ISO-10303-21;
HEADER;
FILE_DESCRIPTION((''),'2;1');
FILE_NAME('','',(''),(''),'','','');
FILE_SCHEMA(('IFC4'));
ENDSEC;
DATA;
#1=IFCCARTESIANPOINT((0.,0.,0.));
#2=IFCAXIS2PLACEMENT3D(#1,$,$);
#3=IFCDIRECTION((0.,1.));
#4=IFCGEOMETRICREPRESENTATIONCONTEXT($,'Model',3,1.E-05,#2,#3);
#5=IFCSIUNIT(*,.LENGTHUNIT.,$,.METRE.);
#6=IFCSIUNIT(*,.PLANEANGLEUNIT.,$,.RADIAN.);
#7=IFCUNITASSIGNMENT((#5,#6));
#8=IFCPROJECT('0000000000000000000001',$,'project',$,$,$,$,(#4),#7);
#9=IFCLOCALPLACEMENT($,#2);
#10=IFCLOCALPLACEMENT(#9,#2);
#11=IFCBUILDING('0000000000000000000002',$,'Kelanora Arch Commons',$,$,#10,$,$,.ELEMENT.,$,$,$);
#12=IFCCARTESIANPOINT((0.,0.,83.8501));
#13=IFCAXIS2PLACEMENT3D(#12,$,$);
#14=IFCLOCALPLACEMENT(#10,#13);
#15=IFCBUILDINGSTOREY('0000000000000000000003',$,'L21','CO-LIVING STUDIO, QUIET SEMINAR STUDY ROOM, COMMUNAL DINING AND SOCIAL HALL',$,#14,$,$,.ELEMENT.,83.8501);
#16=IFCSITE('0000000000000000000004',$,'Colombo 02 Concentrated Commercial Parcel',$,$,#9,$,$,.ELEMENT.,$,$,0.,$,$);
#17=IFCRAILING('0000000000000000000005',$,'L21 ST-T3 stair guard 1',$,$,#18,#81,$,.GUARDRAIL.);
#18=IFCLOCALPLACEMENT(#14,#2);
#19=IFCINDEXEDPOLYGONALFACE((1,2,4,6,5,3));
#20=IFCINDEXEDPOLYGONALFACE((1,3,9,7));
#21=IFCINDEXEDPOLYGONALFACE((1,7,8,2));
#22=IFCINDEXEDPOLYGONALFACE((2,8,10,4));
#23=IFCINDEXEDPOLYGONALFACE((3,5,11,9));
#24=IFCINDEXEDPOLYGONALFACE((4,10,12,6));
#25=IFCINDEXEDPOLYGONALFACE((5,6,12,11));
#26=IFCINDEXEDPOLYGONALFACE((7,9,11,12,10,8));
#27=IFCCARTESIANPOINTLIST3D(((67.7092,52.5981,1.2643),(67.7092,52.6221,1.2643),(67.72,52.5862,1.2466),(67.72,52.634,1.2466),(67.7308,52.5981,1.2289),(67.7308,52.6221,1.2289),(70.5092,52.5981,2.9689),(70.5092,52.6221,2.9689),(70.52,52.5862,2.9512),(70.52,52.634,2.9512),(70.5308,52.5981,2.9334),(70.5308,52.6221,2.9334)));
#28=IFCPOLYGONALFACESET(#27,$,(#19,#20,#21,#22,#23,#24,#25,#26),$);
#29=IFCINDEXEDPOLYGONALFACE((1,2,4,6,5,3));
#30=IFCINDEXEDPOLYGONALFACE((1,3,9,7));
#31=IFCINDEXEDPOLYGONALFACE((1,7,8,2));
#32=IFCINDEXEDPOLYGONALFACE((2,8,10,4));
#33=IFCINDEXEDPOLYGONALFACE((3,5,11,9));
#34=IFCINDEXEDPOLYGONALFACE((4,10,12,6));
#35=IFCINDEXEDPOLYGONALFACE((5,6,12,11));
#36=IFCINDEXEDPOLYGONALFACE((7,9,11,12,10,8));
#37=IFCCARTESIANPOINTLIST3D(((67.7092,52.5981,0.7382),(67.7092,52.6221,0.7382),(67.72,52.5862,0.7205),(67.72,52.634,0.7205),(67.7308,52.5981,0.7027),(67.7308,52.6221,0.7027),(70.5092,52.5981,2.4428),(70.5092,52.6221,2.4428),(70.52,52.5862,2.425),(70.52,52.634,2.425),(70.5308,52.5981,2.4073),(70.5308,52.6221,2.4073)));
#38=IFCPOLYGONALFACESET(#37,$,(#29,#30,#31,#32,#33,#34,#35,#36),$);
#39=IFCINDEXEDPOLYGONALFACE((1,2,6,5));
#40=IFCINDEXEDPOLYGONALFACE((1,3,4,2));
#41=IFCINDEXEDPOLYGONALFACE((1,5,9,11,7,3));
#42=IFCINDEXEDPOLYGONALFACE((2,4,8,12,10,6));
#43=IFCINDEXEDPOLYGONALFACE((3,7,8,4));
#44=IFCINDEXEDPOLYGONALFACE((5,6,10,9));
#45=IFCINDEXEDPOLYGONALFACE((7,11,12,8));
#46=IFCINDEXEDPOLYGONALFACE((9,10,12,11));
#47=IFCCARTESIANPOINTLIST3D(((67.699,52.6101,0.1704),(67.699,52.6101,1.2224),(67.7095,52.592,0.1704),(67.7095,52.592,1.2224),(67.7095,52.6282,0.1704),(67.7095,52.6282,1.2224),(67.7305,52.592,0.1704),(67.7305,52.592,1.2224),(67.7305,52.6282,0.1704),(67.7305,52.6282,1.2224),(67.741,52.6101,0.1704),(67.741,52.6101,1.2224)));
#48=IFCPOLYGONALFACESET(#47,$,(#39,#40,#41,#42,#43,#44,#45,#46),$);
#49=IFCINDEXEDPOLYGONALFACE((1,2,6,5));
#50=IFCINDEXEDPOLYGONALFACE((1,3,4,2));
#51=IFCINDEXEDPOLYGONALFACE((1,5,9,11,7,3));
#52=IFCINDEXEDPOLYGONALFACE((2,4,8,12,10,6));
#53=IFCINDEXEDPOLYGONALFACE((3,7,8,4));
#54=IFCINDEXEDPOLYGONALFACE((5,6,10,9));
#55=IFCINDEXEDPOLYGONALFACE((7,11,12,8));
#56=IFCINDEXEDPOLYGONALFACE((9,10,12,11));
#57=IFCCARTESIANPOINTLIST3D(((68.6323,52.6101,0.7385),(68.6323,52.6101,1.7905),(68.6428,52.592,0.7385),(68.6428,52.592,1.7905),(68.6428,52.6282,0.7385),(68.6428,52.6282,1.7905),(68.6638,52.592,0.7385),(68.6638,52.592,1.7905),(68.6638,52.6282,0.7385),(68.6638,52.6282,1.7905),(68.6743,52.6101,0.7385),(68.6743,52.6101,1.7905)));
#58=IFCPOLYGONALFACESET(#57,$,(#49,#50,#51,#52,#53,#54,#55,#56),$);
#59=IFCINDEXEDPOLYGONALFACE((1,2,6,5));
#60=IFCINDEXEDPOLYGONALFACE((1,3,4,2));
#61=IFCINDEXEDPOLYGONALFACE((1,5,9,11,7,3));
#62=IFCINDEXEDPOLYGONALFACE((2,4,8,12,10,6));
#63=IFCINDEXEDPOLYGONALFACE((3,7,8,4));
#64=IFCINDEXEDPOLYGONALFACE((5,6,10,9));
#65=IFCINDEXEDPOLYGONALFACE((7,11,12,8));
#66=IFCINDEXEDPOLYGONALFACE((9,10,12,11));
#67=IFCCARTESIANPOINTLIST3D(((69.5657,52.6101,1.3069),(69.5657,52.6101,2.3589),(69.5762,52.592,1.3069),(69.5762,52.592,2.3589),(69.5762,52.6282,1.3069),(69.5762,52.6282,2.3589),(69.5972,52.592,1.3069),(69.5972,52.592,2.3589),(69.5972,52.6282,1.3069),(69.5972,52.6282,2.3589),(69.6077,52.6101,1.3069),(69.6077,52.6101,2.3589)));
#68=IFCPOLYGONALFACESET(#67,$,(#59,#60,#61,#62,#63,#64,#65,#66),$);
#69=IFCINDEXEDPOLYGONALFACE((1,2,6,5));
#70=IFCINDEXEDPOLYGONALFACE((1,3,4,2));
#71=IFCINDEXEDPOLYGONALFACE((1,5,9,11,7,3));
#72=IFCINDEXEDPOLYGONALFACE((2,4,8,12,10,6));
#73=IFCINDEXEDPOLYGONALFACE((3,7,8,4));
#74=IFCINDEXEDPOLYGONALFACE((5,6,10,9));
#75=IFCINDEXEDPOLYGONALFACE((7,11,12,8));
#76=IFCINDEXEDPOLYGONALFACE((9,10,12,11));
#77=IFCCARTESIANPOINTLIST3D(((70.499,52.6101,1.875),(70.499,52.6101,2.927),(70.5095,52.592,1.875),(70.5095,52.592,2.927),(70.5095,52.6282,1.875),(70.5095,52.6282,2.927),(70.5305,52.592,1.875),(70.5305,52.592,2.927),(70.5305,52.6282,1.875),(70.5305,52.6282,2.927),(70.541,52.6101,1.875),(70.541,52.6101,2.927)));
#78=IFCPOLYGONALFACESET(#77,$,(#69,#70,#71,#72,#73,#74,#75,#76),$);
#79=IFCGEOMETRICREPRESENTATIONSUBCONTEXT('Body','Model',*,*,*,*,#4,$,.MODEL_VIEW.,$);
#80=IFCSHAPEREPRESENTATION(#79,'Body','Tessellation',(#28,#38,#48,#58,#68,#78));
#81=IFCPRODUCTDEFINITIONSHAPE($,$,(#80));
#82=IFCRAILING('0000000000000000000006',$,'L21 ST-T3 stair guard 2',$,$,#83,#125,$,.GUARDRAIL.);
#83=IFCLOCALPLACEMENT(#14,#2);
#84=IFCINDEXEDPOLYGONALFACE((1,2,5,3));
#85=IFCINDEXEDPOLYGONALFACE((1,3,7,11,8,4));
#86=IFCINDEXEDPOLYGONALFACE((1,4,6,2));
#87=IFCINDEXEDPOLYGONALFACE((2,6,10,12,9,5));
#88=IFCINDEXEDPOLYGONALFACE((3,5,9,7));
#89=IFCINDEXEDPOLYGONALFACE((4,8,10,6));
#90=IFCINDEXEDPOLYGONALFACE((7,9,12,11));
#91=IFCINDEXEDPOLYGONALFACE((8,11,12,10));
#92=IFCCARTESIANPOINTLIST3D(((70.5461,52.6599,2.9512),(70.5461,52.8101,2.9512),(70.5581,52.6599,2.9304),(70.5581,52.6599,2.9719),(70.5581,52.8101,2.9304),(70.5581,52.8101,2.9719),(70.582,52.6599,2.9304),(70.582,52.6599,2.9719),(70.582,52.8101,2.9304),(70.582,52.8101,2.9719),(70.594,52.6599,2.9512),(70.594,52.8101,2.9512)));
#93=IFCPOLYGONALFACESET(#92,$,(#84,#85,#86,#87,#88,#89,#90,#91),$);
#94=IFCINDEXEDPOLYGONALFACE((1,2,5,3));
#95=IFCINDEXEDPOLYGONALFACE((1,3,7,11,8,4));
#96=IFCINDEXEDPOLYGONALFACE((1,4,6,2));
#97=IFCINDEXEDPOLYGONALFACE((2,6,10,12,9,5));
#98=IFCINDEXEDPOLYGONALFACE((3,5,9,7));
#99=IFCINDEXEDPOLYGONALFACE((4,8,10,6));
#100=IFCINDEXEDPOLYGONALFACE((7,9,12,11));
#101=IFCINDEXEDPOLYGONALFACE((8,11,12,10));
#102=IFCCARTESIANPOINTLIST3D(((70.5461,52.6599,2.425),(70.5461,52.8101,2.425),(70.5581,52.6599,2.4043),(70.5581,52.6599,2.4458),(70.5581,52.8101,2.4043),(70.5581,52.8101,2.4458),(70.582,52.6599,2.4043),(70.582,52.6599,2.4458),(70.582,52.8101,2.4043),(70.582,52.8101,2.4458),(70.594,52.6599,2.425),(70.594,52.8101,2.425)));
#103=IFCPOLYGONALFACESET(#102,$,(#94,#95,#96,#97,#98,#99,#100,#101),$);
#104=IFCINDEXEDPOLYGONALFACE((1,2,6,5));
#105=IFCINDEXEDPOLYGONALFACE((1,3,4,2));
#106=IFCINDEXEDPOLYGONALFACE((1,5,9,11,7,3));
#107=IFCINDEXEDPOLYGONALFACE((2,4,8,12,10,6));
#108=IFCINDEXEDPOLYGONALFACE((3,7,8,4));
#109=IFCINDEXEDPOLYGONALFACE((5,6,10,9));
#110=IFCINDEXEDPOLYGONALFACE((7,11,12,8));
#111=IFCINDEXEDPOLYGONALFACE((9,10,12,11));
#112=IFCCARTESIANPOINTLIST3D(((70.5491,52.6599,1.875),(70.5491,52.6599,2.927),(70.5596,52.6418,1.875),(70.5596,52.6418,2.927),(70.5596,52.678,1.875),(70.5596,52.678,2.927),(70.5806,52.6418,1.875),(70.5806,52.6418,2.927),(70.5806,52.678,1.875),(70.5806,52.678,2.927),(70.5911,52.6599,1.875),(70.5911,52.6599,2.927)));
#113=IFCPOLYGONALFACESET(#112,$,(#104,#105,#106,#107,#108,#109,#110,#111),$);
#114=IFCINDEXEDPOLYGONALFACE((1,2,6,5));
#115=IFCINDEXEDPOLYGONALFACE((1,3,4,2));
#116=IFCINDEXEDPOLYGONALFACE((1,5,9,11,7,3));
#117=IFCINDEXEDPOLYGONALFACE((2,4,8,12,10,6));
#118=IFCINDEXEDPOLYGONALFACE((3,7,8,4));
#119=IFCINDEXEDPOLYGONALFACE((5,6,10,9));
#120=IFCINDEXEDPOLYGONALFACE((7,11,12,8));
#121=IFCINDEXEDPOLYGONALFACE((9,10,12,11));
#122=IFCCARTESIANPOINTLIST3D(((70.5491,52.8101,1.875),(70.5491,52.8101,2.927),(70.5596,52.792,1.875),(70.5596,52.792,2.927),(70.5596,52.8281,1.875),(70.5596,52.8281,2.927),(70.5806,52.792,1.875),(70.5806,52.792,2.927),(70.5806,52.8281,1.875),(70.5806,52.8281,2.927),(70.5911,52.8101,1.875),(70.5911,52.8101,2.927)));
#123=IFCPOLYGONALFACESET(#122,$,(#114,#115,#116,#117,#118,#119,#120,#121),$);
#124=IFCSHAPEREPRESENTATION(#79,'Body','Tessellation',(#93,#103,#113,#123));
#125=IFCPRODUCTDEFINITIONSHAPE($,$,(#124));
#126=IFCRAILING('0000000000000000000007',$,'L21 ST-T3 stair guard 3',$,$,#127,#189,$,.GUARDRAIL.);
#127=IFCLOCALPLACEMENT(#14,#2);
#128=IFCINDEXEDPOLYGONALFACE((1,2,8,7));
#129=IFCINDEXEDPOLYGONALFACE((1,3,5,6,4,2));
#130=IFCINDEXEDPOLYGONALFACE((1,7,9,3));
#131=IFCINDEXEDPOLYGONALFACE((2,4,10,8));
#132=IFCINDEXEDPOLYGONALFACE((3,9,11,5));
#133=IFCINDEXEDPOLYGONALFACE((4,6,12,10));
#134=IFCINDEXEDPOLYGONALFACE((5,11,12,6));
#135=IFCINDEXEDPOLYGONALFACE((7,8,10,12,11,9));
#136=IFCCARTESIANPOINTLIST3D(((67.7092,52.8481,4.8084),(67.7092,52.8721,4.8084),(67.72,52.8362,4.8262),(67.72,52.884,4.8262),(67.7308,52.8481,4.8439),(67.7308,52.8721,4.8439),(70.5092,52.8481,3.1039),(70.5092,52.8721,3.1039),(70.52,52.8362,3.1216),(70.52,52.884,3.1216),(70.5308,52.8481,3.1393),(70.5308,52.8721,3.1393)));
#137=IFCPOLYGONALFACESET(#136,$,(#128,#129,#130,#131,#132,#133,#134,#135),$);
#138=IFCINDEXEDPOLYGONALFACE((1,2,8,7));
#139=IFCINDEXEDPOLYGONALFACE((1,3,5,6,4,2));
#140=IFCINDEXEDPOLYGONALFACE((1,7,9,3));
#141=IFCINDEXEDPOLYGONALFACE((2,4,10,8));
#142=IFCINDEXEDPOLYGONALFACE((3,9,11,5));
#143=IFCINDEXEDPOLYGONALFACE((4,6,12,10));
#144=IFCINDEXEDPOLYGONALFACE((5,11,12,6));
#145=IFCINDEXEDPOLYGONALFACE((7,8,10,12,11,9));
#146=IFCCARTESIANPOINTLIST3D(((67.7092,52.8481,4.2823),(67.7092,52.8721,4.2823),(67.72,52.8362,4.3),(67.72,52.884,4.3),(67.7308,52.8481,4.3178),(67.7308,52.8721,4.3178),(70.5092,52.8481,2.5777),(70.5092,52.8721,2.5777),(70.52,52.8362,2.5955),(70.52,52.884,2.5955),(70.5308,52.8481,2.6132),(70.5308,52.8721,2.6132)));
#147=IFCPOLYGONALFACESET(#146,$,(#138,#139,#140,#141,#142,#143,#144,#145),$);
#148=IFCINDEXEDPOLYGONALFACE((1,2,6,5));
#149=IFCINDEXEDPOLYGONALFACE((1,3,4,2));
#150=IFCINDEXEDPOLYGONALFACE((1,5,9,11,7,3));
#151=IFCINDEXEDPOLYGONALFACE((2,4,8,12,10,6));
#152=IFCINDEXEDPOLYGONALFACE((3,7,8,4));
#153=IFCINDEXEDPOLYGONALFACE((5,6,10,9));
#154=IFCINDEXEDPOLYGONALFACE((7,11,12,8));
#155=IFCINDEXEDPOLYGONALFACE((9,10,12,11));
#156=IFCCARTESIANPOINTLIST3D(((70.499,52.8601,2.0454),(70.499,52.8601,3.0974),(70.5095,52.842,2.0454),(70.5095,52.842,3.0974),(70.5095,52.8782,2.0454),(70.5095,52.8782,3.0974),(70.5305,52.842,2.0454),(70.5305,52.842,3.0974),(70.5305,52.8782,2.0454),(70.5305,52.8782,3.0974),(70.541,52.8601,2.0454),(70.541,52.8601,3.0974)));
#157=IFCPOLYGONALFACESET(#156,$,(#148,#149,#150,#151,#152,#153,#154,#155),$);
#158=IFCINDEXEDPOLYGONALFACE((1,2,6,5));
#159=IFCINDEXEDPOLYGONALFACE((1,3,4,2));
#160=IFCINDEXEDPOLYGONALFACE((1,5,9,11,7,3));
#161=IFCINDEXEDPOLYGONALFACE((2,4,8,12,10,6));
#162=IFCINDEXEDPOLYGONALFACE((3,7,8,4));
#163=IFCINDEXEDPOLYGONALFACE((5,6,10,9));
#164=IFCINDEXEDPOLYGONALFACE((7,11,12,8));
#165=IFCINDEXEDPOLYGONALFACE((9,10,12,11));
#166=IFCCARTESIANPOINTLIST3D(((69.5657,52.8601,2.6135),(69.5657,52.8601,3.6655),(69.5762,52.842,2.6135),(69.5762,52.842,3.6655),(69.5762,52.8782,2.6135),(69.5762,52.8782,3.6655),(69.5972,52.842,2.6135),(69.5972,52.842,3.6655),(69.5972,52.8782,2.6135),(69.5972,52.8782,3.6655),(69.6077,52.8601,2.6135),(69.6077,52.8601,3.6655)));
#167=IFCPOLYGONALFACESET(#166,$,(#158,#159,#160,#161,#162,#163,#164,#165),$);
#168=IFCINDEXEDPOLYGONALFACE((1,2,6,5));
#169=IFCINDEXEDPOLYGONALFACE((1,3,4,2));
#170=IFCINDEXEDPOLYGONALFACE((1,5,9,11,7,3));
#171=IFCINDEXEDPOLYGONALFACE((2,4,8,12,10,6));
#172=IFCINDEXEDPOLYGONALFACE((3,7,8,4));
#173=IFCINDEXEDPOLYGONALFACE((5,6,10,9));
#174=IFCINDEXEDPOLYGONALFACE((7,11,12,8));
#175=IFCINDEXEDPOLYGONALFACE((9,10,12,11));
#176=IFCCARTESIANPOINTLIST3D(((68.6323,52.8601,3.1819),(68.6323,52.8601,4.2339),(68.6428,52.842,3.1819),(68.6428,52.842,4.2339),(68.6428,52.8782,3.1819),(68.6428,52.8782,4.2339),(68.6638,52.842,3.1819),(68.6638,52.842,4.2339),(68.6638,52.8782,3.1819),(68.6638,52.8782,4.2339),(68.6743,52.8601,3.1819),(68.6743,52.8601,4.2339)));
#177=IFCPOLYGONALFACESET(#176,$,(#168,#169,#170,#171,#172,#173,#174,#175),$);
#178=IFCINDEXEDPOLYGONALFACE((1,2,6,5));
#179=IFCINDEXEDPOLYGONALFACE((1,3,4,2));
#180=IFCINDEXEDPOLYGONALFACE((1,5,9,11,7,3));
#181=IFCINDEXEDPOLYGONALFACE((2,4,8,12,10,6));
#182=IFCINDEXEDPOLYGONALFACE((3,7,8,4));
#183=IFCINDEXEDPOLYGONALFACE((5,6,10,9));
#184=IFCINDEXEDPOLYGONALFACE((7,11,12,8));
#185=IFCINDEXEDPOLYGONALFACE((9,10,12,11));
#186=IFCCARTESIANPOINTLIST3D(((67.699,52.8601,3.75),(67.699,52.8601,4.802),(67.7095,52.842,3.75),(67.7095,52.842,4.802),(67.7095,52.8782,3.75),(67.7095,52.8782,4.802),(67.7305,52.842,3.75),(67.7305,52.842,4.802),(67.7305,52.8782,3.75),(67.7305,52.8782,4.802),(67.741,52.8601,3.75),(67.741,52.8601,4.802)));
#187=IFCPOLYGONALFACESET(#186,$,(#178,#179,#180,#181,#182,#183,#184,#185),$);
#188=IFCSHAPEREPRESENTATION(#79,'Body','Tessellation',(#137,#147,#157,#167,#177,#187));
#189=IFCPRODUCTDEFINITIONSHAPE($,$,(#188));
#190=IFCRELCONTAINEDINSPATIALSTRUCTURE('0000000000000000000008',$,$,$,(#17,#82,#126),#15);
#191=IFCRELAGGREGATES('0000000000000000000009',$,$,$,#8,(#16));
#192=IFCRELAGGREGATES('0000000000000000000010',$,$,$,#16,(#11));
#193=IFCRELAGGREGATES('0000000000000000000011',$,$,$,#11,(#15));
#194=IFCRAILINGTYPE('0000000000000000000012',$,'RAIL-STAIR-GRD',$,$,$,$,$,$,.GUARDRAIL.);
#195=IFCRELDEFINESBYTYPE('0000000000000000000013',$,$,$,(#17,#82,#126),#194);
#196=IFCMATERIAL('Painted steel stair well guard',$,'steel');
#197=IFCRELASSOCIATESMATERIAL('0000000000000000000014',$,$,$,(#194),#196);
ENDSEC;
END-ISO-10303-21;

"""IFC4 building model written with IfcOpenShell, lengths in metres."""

from ifc_helpers import new_model, si_unit, direction, frame, origin, place, context, subcontext, project, spatial, polyline, outline, extrude, material, type_object, element, save


model = new_model("IFC4")

# Units and contexts
model_context = context("Model", 3, precision=1e-05, world=origin(), true_north=direction((0.0, 1.0)))
body_context = subcontext(model_context, "Body", "Model", "MODEL_VIEW")
ifc_project = project(units=[si_unit("LENGTHUNIT", "METRE"), si_unit("PLANEANGLEUNIT", "RADIAN")], contexts=[model_context])

# Site, building, storey
site_placement = place(None, origin())
site = spatial("IfcSite", under=ifc_project, at=site_placement, Name="Colombo 02 Concentrated Commercial Parcel", CompositionType="ELEMENT", RefElevation=0.0)
building_placement = place(site_placement, origin())
building = spatial("IfcBuilding", under=site, at=building_placement, Name="Kelanora Arch Commons", CompositionType="ELEMENT")
storey_placement = place(building_placement, frame((0.0, 0.0, 83.8501)))
storey = spatial("IfcBuildingStorey", under=building, at=storey_placement, Name="L21", Description="CO-LIVING STUDIO, QUIET SEMINAR STUDY ROOM, COMMUNAL DINING AND SOCIAL HALL", CompositionType="ELEMENT", Elevation=83.8501)

# Railings
ifc_material_1 = material(Name="Painted steel stair well guard", Category="steel")
railing_type_1 = type_object("IfcRailingType", Name="RAIL-STAIR-GRD", PredefinedType="GUARDRAIL", material=ifc_material_1)
railing_1_placement = place(storey_placement, frame((67.72, 52.6101, 0.1704)))
element("IfcRailing", 1, at=railing_1_placement, inside=storey, type_object=railing_type_1, Name="L21 ST-T3 stair guard 1", PredefinedType="GUARDRAIL", context=body_context, shape_type="SweptSolid", body=[
    extrude(outline(polyline([(0.0239, 0.0), (0.012, 0.0208), (-0.012, 0.0208), (-0.0239, 0.0), (-0.012, -0.0208), (0.012, -0.0208), (0.0239, 0.0)])), frame((0.0, 0.0, 1.0762), z_axis=(0.85417, 0.0, 0.519994), x_axis=(0.0, 1.0, 0.0)), (0.0, 0.0, 1.0), 3.2781),
    extrude(outline(polyline([(0.0239, 0.0), (0.012, 0.0208), (-0.012, 0.0208), (-0.0239, 0.0), (-0.012, -0.0208), (0.012, -0.0208), (0.0239, 0.0)])), frame((0.0, 0.0, 0.55), z_axis=(0.85417, 0.0, 0.519994), x_axis=(0.0, 1.0, 0.0)), (0.0, 0.0, 1.0), 3.2781),
    extrude(outline(polyline([(0.021, 0.0), (0.0105, 0.0181), (-0.0105, 0.0181), (-0.021, 0.0), (-0.0105, -0.0181), (0.0105, -0.0181), (0.021, 0.0)])), origin(), (0.0, 0.0, 1.0), 1.052),
    extrude(outline(polyline([(0.021, 0.0), (0.0105, 0.0181), (-0.0105, 0.0181), (-0.021, 0.0), (-0.0105, -0.0181), (0.0105, -0.0181), (0.021, 0.0)])), frame((0.9333, 0.0, 0.5681)), (0.0, 0.0, 1.0), 1.052),
    extrude(outline(polyline([(0.021, 0.0), (0.0105, 0.0181), (-0.0105, 0.0181), (-0.021, 0.0), (-0.0105, -0.0181), (0.0105, -0.0181), (0.021, 0.0)])), frame((1.8667, 0.0, 1.1365)), (0.0, 0.0, 1.0), 1.052),
    extrude(outline(polyline([(0.021, 0.0), (0.0105, 0.0181), (-0.0105, 0.0181), (-0.021, 0.0), (-0.0105, -0.0181), (0.0105, -0.0181), (0.021, 0.0)])), frame((2.8, 0.0, 1.7046)), (0.0, 0.0, 1.0), 1.052),
])
railing_2_placement = place(storey_placement, frame((70.5701, 52.6599, 1.875)))
element("IfcRailing", 2, at=railing_2_placement, inside=storey, type_object=railing_type_1, Name="L21 ST-T3 stair guard 2", PredefinedType="GUARDRAIL", context=body_context, shape_type="SweptSolid", body=[
    extrude(outline(polyline([(0.0239, 0.0), (0.012, 0.0208), (-0.012, 0.0208), (-0.0239, 0.0), (-0.012, -0.0208), (0.012, -0.0208), (0.0239, 0.0)])), frame((0.0, 0.0, 1.0762), z_axis=(0.0, 1.0, 0.0), x_axis=(-1.0, 0.0, 0.0)), (0.0, 0.0, 1.0), 0.1501),
    extrude(outline(polyline([(0.0239, 0.0), (0.012, 0.0208), (-0.012, 0.0208), (-0.0239, 0.0), (-0.012, -0.0208), (0.012, -0.0208), (0.0239, 0.0)])), frame((0.0, 0.0, 0.55), z_axis=(0.0, 1.0, 0.0), x_axis=(-1.0, 0.0, 0.0)), (0.0, 0.0, 1.0), 0.1501),
    extrude(outline(polyline([(0.021, 0.0), (0.0105, 0.0181), (-0.0105, 0.0181), (-0.021, 0.0), (-0.0105, -0.0181), (0.0105, -0.0181), (0.021, 0.0)])), origin(), (0.0, 0.0, 1.0), 1.052),
    extrude(outline(polyline([(0.021, 0.0), (0.0105, 0.0181), (-0.0105, 0.0181), (-0.021, 0.0), (-0.0105, -0.0181), (0.0105, -0.0181), (0.021, 0.0)])), frame((0.0, 0.1501, 0.0)), (0.0, 0.0, 1.0), 1.052),
])
railing_3_placement = place(storey_placement, frame((70.52, 52.8601, 2.0454)))
element("IfcRailing", 3, at=railing_3_placement, inside=storey, type_object=railing_type_1, Name="L21 ST-T3 stair guard 3", PredefinedType="GUARDRAIL", context=body_context, shape_type="SweptSolid", body=[
    extrude(outline(polyline([(0.0239, 0.0), (0.012, 0.0208), (-0.012, 0.0208), (-0.0239, 0.0), (-0.012, -0.0208), (0.012, -0.0208), (0.0239, 0.0)])), frame((0.0, 0.0, 1.0762), z_axis=(-0.85417, 0.0, 0.519994), x_axis=(0.0, -1.0, 0.0)), (0.0, 0.0, 1.0), 3.2781),
    extrude(outline(polyline([(0.0239, 0.0), (0.012, 0.0208), (-0.012, 0.0208), (-0.0239, 0.0), (-0.012, -0.0208), (0.012, -0.0208), (0.0239, 0.0)])), frame((0.0, 0.0, 0.55), z_axis=(-0.85417, 0.0, 0.519994), x_axis=(0.0, -1.0, 0.0)), (0.0, 0.0, 1.0), 3.2781),
    extrude(outline(polyline([(0.021, 0.0), (0.0105, 0.0181), (-0.0105, 0.0181), (-0.021, 0.0), (-0.0105, -0.0181), (0.0105, -0.0181), (0.021, 0.0)])), origin(), (0.0, 0.0, 1.0), 1.052),
    extrude(outline(polyline([(0.021, 0.0), (0.0105, 0.0181), (-0.0105, 0.0181), (-0.021, 0.0), (-0.0105, -0.0181), (0.0105, -0.0181), (0.021, 0.0)])), frame((-0.9333, 0.0, 0.5681)), (0.0, 0.0, 1.0), 1.052),
    extrude(outline(polyline([(0.021, 0.0), (0.0105, 0.0181), (-0.0105, 0.0181), (-0.021, 0.0), (-0.0105, -0.0181), (0.0105, -0.0181), (0.021, 0.0)])), frame((-1.8667, 0.0, 1.1365)), (0.0, 0.0, 1.0), 1.052),
    extrude(outline(polyline([(0.021, 0.0), (0.0105, 0.0181), (-0.0105, 0.0181), (-0.021, 0.0), (-0.0105, -0.0181), (0.0105, -0.0181), (0.021, 0.0)])), frame((-2.8, 0.0, 1.7046)), (0.0, 0.0, 1.0), 1.052),
])

save(model, "model.ifc")
